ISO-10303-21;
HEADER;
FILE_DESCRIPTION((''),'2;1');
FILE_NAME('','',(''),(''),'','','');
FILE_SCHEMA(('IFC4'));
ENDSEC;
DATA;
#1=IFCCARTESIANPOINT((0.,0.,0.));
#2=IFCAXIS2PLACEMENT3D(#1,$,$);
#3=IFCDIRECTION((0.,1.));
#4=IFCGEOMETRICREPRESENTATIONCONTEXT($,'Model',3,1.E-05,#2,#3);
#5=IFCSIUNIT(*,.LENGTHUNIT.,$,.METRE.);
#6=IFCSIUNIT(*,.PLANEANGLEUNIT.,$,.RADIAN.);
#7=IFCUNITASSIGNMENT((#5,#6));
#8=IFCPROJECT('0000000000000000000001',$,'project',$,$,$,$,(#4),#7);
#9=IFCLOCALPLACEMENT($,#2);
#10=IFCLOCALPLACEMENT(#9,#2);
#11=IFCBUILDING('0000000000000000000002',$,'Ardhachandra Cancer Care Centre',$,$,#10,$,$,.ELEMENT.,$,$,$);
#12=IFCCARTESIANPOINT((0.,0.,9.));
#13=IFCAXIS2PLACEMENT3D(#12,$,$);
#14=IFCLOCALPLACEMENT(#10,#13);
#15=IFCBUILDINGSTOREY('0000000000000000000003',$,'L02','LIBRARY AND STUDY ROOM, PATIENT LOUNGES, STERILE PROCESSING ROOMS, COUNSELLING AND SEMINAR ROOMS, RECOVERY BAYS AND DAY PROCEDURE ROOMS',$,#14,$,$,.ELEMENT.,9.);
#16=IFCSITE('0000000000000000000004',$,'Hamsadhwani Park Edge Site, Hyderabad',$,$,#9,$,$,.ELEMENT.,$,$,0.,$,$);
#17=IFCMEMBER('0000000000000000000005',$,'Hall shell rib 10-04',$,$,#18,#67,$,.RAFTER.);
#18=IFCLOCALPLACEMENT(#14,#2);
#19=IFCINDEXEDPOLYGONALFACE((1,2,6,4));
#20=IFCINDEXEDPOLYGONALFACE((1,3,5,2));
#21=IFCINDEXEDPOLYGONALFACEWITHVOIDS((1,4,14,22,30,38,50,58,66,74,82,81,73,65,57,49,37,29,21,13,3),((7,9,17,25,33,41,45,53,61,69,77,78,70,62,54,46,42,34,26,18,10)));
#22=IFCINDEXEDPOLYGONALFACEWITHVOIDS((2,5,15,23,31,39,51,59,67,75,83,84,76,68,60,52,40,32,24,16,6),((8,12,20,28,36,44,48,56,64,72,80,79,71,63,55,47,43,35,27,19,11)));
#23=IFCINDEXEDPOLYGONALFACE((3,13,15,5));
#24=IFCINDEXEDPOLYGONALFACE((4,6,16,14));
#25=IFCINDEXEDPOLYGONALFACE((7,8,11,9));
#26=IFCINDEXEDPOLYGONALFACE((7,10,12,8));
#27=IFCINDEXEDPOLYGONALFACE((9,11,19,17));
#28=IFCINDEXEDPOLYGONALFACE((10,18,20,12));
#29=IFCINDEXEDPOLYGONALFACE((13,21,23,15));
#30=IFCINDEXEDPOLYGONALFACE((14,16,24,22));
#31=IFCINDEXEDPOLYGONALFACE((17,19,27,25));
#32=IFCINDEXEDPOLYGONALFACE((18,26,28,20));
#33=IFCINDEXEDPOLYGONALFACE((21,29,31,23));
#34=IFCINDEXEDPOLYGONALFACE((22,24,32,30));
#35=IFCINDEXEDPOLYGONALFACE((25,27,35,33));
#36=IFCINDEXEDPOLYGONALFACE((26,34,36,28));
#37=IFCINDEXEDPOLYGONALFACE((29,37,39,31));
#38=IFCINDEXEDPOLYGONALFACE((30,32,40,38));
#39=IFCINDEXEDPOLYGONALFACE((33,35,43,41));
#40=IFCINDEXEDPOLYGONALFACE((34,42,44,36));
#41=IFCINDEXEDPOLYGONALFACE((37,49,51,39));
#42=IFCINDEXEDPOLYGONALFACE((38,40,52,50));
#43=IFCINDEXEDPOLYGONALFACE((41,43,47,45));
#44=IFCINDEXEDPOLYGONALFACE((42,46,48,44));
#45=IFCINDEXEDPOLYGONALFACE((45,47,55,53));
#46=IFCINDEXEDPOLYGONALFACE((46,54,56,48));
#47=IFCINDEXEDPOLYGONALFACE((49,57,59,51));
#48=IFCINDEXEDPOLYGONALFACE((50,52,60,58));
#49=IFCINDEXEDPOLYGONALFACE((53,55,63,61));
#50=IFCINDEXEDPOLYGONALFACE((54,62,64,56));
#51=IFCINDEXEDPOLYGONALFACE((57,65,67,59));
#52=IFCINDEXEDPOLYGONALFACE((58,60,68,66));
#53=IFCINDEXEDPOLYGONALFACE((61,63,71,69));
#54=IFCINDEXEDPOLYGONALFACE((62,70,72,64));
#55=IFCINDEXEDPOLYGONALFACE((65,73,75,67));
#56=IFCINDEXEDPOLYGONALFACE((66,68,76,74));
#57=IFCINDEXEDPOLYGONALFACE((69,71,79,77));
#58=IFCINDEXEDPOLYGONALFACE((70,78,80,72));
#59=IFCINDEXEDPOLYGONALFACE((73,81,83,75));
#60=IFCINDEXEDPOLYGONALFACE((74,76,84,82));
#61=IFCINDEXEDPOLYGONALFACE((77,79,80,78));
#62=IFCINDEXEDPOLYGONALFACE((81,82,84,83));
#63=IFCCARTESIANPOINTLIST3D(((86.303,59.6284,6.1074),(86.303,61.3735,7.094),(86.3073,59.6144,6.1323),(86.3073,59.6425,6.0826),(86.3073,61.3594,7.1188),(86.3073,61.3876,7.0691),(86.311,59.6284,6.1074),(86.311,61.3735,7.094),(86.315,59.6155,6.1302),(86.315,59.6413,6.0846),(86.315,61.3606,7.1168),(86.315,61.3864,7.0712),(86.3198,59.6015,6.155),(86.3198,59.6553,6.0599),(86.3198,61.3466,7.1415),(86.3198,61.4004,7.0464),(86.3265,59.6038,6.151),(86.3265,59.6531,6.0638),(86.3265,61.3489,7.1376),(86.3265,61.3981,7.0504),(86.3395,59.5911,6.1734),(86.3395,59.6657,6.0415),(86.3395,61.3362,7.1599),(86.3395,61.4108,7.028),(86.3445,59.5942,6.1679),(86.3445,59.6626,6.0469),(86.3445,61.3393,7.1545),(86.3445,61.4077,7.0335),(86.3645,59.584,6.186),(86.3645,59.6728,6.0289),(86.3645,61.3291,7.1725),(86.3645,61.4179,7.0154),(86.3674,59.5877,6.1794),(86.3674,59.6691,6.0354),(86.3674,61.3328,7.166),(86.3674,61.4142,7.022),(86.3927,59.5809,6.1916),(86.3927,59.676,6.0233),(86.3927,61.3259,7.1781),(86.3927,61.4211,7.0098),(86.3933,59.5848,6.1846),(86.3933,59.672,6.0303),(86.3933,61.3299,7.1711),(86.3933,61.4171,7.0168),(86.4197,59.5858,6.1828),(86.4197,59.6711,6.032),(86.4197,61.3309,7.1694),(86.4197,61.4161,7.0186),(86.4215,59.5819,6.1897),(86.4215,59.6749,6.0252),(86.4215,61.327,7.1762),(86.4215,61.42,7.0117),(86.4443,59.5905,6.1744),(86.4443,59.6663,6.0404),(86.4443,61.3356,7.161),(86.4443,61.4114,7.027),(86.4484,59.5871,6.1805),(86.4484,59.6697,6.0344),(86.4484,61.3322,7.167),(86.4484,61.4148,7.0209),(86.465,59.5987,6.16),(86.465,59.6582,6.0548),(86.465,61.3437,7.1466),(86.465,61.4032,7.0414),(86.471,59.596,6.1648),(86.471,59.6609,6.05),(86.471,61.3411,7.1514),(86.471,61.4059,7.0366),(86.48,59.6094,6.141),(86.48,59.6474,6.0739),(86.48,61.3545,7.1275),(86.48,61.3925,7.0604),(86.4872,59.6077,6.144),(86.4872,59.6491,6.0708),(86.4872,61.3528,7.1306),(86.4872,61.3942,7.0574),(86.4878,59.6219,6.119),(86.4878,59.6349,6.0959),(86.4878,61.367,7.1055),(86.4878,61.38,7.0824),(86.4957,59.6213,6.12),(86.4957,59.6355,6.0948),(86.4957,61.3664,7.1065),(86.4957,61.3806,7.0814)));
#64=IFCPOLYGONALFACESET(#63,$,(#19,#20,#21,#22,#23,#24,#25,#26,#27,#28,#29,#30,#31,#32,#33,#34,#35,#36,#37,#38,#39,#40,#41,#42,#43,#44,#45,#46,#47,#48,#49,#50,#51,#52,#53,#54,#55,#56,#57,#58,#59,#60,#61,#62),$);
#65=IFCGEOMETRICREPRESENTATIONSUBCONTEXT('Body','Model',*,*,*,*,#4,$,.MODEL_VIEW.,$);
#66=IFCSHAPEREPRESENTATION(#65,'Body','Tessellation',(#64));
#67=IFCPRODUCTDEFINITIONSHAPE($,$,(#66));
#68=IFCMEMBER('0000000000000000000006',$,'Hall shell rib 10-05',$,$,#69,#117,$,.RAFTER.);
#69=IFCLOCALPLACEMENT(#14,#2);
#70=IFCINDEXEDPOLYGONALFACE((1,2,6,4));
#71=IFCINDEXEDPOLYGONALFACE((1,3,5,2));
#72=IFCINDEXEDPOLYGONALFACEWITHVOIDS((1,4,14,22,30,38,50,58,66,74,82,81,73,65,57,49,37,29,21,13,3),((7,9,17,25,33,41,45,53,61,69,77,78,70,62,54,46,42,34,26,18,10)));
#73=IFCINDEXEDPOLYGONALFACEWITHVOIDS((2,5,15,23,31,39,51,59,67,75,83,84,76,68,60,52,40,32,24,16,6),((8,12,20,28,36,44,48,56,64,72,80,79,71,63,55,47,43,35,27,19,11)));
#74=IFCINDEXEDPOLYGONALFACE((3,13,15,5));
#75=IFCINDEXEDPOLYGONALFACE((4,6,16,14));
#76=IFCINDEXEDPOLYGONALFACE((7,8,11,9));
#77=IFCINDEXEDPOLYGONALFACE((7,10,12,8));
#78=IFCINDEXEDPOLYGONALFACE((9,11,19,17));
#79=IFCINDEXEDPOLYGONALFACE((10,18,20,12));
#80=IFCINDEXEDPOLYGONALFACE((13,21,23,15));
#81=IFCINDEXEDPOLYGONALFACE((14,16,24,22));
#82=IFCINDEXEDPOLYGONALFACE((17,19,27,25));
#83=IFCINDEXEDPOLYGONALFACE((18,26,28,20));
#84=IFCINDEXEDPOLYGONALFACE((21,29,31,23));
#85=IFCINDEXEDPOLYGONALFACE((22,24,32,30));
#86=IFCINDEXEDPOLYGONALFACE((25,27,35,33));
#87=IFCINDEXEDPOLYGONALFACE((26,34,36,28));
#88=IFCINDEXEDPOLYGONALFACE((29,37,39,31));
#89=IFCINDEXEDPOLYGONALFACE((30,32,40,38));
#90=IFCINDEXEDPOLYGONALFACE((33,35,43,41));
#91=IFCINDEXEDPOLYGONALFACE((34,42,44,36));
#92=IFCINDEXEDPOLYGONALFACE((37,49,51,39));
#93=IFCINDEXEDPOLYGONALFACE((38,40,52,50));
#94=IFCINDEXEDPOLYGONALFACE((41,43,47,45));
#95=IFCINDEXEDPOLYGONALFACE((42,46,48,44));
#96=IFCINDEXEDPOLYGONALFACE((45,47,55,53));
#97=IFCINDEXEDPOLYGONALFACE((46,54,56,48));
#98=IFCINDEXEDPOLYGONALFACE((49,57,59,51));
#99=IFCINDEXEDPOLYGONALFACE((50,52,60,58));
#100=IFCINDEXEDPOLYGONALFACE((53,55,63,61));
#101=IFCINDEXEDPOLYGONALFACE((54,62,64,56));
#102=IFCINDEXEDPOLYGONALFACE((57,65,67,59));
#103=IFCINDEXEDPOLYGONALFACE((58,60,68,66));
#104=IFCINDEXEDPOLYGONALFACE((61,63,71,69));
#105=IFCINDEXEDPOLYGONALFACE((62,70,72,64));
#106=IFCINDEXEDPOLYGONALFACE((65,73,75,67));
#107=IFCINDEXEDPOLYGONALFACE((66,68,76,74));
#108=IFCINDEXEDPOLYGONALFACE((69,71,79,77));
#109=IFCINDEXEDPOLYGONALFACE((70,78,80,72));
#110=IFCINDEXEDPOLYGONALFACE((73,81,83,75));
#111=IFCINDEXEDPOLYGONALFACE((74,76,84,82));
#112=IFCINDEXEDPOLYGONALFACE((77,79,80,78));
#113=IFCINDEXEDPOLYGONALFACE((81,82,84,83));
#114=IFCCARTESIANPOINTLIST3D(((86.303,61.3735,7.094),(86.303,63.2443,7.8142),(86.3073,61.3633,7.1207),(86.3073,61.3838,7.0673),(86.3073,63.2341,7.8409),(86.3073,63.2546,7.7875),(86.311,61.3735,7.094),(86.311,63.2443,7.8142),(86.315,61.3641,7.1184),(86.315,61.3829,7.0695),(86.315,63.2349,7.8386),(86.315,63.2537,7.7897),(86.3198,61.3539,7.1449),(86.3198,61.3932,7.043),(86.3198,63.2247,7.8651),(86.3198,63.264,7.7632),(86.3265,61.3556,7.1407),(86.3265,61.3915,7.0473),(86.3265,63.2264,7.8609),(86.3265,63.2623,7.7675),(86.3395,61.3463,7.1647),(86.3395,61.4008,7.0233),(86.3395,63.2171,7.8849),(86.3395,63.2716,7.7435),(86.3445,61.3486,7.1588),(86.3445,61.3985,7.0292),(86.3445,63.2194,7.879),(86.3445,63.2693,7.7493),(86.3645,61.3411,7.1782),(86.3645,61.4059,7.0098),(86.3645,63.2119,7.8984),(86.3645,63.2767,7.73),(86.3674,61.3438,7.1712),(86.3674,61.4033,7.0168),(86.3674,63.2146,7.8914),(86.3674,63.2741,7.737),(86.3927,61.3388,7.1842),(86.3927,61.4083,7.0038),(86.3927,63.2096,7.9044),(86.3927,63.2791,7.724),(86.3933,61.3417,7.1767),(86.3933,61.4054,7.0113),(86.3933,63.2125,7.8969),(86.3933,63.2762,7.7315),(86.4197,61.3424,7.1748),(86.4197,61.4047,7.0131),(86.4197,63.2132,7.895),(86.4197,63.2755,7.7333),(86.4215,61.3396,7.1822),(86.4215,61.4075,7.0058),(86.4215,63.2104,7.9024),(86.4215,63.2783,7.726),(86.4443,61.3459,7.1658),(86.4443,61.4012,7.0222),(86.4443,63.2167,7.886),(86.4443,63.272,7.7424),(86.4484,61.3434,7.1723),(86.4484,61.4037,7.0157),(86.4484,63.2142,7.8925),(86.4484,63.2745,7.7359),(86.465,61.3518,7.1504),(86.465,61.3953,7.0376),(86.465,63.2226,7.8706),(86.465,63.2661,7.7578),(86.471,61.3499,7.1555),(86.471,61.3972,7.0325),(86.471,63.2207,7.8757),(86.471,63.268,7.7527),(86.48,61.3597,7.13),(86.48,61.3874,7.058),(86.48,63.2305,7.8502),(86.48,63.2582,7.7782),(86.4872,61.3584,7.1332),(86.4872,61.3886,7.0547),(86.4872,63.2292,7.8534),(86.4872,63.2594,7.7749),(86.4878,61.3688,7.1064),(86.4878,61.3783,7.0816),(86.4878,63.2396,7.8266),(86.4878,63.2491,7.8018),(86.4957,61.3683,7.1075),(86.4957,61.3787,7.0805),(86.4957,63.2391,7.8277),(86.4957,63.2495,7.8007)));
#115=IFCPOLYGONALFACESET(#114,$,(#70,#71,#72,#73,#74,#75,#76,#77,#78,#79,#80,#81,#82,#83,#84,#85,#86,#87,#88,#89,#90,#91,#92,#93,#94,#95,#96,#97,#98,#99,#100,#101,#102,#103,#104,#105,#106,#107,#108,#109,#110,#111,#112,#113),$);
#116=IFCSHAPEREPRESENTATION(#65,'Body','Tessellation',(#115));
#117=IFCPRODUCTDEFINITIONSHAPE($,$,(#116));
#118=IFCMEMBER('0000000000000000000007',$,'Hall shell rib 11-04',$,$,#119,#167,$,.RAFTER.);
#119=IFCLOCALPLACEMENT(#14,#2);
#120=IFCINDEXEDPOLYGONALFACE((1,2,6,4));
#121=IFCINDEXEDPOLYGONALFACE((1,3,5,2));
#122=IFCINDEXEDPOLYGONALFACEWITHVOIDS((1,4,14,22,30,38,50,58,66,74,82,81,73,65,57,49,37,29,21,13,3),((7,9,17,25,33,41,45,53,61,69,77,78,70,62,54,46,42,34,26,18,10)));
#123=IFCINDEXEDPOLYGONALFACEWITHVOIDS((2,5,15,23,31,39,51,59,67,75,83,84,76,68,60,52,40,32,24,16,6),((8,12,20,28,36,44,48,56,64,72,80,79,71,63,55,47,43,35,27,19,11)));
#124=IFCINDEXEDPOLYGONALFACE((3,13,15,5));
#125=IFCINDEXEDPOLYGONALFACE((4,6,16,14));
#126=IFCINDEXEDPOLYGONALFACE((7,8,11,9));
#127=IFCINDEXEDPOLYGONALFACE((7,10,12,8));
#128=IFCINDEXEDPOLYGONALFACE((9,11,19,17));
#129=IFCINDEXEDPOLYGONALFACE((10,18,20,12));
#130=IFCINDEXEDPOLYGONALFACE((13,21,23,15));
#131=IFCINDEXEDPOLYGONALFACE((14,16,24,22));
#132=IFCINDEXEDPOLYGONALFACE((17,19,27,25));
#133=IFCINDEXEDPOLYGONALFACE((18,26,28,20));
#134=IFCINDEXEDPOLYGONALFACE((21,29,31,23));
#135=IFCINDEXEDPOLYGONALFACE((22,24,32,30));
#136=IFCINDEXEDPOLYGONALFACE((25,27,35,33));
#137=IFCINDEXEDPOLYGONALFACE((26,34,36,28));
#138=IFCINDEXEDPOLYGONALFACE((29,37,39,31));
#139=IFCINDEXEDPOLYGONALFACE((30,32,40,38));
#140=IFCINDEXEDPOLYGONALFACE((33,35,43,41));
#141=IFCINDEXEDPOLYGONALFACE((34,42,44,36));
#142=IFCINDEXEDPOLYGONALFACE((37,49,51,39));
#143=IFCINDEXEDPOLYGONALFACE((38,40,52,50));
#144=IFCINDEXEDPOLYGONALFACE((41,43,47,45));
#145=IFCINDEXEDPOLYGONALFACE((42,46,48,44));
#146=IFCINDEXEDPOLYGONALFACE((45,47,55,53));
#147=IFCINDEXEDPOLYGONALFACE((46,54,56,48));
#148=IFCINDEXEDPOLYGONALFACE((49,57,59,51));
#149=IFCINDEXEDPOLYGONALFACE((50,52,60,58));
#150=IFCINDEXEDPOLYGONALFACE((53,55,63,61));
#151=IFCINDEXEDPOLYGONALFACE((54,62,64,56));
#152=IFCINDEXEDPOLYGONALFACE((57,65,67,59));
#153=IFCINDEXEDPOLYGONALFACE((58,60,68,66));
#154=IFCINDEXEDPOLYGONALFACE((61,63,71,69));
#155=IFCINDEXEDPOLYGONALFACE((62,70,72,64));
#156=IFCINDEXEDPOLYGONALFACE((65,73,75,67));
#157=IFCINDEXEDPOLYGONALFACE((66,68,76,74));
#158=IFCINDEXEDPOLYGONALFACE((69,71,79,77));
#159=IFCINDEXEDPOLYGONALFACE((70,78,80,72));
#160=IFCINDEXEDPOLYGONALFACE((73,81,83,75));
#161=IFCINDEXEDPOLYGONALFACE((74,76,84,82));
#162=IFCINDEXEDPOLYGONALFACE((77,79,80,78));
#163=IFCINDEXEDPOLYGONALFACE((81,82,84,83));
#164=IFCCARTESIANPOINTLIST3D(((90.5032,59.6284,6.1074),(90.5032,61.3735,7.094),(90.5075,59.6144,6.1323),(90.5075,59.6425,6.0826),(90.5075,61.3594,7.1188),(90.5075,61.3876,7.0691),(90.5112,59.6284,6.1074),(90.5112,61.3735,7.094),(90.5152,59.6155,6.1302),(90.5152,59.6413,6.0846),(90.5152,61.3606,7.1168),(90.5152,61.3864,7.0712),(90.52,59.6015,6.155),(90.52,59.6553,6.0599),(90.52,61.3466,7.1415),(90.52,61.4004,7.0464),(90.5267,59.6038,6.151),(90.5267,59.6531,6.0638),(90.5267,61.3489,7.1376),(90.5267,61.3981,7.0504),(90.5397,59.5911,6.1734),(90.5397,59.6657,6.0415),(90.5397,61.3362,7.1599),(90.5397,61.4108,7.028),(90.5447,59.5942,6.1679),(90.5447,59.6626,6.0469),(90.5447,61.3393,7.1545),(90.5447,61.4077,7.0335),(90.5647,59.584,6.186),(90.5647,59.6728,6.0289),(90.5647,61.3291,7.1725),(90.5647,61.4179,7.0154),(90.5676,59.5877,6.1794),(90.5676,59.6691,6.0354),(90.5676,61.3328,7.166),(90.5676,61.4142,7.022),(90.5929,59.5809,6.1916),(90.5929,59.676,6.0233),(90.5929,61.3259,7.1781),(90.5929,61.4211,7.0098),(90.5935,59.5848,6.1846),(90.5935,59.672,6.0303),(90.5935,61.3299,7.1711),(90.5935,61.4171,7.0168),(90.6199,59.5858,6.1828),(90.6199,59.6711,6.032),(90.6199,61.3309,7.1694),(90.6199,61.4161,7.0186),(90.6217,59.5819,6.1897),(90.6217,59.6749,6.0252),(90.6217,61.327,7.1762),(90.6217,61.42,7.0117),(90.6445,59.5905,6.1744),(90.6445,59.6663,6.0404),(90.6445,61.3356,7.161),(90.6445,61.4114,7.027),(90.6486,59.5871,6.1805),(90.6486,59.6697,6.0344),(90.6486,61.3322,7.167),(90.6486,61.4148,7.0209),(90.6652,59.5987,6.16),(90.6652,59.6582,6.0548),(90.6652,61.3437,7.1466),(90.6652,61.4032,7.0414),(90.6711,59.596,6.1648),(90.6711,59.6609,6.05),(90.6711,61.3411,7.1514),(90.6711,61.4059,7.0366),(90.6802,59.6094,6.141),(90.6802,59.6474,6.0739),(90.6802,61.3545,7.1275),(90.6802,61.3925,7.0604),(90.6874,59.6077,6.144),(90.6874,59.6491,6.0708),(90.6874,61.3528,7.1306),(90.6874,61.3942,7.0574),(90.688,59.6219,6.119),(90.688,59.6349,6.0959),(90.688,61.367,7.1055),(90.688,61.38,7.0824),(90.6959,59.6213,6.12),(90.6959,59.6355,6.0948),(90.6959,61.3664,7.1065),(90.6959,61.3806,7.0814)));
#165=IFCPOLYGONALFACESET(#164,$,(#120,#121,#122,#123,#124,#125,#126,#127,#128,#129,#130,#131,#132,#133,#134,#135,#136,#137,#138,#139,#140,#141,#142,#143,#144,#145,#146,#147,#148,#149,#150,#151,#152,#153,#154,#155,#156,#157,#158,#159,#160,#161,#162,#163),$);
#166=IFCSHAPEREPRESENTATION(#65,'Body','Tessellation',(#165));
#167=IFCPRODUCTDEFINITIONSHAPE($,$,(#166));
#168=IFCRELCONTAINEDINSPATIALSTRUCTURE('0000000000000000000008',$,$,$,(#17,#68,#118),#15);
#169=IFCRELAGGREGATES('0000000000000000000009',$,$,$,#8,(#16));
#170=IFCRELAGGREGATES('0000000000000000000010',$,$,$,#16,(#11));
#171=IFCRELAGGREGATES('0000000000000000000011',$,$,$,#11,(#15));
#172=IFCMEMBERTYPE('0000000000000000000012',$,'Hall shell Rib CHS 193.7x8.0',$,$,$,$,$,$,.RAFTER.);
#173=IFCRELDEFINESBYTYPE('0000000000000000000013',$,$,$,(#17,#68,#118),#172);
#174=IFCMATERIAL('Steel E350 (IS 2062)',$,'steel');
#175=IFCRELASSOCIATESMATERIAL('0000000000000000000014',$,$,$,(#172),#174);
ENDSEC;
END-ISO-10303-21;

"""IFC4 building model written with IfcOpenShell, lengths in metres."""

from ifc_helpers import new_model, si_unit, direction, frame, origin, origin_2d, place, context, subcontext, project, spatial, hollow_circle, extrude, material, material_profile, profile_set, type_object, element, save


model = new_model("IFC4")

# Units and contexts
model_context = context("Model", 3, precision=1e-05, world=origin(), true_north=direction((0.0, 1.0)))
body_context = subcontext(model_context, "Body", "Model", "MODEL_VIEW")
ifc_project = project(units=[si_unit("LENGTHUNIT", "METRE"), si_unit("PLANEANGLEUNIT", "RADIAN")], contexts=[model_context])

# Site, building, storey
site_placement = place(None, origin())
site = spatial("IfcSite", under=ifc_project, at=site_placement, Name="Hamsadhwani Park Edge Site, Hyderabad", CompositionType="ELEMENT", RefElevation=0.0)
building_placement = place(site_placement, origin())
building = spatial("IfcBuilding", under=site, at=building_placement, Name="Ardhachandra Cancer Care Centre", CompositionType="ELEMENT")
storey_placement = place(building_placement, frame((0.0, 0.0, 9.0)))
storey = spatial("IfcBuildingStorey", under=building, at=storey_placement, Name="L02", Description="LIBRARY AND STUDY ROOM, PATIENT LOUNGES, STERILE PROCESSING ROOMS, COUNSELLING AND SEMINAR ROOMS, RECOVERY BAYS AND DAY PROCEDURE ROOMS", CompositionType="ELEMENT", Elevation=9.0)

# Members
ifc_material_1 = material(Name="Steel E350 (IS 2062)", Category="steel")
ifc_material_profile_1 = material_profile(ifc_material_1, hollow_circle(Radius=0.0969, WallThickness=0.0081, at=origin_2d()), Name="CHS 193.7x8.0")
ifc_profile_set_1 = profile_set([ifc_material_profile_1], Name="Steel E350 (IS 2062)")
member_type_1 = type_object("IfcMemberType", Name="Hall shell Rib CHS 193.7x8.0", PredefinedType="RAFTER", material=ifc_profile_set_1)
for number, where, z_axis, x_axis, name in (
    (1, (86.3999, 59.6284, 6.1074), (0.0, 0.87052, 0.492134), (-1.0, 0.0, 0.0), "Hall shell rib 10-04"),
    (2, (86.3999, 61.3735, 7.094), (0.0, 0.933236, 0.359265), (-1.0, 0.0, 0.0), "Hall shell rib 10-05"),
    (3, (90.6001, 59.6284, 6.1074), (0.0, 0.87052, 0.492134), (-1.0, 0.0, 0.0), "Hall shell rib 11-04"),
):
    element("IfcMember", number, at=place(storey_placement, frame(where, z_axis=z_axis, x_axis=x_axis)), inside=storey, type_object=member_type_1, Name=name, PredefinedType="RAFTER", context=body_context, shape_type="SweptSolid", body=[
        extrude(hollow_circle(Radius=0.0969, WallThickness=0.0081, at=origin_2d()), origin(), (0.0, 0.0, 1.0), 2.0046),
    ])

save(model, "model.ifc")
